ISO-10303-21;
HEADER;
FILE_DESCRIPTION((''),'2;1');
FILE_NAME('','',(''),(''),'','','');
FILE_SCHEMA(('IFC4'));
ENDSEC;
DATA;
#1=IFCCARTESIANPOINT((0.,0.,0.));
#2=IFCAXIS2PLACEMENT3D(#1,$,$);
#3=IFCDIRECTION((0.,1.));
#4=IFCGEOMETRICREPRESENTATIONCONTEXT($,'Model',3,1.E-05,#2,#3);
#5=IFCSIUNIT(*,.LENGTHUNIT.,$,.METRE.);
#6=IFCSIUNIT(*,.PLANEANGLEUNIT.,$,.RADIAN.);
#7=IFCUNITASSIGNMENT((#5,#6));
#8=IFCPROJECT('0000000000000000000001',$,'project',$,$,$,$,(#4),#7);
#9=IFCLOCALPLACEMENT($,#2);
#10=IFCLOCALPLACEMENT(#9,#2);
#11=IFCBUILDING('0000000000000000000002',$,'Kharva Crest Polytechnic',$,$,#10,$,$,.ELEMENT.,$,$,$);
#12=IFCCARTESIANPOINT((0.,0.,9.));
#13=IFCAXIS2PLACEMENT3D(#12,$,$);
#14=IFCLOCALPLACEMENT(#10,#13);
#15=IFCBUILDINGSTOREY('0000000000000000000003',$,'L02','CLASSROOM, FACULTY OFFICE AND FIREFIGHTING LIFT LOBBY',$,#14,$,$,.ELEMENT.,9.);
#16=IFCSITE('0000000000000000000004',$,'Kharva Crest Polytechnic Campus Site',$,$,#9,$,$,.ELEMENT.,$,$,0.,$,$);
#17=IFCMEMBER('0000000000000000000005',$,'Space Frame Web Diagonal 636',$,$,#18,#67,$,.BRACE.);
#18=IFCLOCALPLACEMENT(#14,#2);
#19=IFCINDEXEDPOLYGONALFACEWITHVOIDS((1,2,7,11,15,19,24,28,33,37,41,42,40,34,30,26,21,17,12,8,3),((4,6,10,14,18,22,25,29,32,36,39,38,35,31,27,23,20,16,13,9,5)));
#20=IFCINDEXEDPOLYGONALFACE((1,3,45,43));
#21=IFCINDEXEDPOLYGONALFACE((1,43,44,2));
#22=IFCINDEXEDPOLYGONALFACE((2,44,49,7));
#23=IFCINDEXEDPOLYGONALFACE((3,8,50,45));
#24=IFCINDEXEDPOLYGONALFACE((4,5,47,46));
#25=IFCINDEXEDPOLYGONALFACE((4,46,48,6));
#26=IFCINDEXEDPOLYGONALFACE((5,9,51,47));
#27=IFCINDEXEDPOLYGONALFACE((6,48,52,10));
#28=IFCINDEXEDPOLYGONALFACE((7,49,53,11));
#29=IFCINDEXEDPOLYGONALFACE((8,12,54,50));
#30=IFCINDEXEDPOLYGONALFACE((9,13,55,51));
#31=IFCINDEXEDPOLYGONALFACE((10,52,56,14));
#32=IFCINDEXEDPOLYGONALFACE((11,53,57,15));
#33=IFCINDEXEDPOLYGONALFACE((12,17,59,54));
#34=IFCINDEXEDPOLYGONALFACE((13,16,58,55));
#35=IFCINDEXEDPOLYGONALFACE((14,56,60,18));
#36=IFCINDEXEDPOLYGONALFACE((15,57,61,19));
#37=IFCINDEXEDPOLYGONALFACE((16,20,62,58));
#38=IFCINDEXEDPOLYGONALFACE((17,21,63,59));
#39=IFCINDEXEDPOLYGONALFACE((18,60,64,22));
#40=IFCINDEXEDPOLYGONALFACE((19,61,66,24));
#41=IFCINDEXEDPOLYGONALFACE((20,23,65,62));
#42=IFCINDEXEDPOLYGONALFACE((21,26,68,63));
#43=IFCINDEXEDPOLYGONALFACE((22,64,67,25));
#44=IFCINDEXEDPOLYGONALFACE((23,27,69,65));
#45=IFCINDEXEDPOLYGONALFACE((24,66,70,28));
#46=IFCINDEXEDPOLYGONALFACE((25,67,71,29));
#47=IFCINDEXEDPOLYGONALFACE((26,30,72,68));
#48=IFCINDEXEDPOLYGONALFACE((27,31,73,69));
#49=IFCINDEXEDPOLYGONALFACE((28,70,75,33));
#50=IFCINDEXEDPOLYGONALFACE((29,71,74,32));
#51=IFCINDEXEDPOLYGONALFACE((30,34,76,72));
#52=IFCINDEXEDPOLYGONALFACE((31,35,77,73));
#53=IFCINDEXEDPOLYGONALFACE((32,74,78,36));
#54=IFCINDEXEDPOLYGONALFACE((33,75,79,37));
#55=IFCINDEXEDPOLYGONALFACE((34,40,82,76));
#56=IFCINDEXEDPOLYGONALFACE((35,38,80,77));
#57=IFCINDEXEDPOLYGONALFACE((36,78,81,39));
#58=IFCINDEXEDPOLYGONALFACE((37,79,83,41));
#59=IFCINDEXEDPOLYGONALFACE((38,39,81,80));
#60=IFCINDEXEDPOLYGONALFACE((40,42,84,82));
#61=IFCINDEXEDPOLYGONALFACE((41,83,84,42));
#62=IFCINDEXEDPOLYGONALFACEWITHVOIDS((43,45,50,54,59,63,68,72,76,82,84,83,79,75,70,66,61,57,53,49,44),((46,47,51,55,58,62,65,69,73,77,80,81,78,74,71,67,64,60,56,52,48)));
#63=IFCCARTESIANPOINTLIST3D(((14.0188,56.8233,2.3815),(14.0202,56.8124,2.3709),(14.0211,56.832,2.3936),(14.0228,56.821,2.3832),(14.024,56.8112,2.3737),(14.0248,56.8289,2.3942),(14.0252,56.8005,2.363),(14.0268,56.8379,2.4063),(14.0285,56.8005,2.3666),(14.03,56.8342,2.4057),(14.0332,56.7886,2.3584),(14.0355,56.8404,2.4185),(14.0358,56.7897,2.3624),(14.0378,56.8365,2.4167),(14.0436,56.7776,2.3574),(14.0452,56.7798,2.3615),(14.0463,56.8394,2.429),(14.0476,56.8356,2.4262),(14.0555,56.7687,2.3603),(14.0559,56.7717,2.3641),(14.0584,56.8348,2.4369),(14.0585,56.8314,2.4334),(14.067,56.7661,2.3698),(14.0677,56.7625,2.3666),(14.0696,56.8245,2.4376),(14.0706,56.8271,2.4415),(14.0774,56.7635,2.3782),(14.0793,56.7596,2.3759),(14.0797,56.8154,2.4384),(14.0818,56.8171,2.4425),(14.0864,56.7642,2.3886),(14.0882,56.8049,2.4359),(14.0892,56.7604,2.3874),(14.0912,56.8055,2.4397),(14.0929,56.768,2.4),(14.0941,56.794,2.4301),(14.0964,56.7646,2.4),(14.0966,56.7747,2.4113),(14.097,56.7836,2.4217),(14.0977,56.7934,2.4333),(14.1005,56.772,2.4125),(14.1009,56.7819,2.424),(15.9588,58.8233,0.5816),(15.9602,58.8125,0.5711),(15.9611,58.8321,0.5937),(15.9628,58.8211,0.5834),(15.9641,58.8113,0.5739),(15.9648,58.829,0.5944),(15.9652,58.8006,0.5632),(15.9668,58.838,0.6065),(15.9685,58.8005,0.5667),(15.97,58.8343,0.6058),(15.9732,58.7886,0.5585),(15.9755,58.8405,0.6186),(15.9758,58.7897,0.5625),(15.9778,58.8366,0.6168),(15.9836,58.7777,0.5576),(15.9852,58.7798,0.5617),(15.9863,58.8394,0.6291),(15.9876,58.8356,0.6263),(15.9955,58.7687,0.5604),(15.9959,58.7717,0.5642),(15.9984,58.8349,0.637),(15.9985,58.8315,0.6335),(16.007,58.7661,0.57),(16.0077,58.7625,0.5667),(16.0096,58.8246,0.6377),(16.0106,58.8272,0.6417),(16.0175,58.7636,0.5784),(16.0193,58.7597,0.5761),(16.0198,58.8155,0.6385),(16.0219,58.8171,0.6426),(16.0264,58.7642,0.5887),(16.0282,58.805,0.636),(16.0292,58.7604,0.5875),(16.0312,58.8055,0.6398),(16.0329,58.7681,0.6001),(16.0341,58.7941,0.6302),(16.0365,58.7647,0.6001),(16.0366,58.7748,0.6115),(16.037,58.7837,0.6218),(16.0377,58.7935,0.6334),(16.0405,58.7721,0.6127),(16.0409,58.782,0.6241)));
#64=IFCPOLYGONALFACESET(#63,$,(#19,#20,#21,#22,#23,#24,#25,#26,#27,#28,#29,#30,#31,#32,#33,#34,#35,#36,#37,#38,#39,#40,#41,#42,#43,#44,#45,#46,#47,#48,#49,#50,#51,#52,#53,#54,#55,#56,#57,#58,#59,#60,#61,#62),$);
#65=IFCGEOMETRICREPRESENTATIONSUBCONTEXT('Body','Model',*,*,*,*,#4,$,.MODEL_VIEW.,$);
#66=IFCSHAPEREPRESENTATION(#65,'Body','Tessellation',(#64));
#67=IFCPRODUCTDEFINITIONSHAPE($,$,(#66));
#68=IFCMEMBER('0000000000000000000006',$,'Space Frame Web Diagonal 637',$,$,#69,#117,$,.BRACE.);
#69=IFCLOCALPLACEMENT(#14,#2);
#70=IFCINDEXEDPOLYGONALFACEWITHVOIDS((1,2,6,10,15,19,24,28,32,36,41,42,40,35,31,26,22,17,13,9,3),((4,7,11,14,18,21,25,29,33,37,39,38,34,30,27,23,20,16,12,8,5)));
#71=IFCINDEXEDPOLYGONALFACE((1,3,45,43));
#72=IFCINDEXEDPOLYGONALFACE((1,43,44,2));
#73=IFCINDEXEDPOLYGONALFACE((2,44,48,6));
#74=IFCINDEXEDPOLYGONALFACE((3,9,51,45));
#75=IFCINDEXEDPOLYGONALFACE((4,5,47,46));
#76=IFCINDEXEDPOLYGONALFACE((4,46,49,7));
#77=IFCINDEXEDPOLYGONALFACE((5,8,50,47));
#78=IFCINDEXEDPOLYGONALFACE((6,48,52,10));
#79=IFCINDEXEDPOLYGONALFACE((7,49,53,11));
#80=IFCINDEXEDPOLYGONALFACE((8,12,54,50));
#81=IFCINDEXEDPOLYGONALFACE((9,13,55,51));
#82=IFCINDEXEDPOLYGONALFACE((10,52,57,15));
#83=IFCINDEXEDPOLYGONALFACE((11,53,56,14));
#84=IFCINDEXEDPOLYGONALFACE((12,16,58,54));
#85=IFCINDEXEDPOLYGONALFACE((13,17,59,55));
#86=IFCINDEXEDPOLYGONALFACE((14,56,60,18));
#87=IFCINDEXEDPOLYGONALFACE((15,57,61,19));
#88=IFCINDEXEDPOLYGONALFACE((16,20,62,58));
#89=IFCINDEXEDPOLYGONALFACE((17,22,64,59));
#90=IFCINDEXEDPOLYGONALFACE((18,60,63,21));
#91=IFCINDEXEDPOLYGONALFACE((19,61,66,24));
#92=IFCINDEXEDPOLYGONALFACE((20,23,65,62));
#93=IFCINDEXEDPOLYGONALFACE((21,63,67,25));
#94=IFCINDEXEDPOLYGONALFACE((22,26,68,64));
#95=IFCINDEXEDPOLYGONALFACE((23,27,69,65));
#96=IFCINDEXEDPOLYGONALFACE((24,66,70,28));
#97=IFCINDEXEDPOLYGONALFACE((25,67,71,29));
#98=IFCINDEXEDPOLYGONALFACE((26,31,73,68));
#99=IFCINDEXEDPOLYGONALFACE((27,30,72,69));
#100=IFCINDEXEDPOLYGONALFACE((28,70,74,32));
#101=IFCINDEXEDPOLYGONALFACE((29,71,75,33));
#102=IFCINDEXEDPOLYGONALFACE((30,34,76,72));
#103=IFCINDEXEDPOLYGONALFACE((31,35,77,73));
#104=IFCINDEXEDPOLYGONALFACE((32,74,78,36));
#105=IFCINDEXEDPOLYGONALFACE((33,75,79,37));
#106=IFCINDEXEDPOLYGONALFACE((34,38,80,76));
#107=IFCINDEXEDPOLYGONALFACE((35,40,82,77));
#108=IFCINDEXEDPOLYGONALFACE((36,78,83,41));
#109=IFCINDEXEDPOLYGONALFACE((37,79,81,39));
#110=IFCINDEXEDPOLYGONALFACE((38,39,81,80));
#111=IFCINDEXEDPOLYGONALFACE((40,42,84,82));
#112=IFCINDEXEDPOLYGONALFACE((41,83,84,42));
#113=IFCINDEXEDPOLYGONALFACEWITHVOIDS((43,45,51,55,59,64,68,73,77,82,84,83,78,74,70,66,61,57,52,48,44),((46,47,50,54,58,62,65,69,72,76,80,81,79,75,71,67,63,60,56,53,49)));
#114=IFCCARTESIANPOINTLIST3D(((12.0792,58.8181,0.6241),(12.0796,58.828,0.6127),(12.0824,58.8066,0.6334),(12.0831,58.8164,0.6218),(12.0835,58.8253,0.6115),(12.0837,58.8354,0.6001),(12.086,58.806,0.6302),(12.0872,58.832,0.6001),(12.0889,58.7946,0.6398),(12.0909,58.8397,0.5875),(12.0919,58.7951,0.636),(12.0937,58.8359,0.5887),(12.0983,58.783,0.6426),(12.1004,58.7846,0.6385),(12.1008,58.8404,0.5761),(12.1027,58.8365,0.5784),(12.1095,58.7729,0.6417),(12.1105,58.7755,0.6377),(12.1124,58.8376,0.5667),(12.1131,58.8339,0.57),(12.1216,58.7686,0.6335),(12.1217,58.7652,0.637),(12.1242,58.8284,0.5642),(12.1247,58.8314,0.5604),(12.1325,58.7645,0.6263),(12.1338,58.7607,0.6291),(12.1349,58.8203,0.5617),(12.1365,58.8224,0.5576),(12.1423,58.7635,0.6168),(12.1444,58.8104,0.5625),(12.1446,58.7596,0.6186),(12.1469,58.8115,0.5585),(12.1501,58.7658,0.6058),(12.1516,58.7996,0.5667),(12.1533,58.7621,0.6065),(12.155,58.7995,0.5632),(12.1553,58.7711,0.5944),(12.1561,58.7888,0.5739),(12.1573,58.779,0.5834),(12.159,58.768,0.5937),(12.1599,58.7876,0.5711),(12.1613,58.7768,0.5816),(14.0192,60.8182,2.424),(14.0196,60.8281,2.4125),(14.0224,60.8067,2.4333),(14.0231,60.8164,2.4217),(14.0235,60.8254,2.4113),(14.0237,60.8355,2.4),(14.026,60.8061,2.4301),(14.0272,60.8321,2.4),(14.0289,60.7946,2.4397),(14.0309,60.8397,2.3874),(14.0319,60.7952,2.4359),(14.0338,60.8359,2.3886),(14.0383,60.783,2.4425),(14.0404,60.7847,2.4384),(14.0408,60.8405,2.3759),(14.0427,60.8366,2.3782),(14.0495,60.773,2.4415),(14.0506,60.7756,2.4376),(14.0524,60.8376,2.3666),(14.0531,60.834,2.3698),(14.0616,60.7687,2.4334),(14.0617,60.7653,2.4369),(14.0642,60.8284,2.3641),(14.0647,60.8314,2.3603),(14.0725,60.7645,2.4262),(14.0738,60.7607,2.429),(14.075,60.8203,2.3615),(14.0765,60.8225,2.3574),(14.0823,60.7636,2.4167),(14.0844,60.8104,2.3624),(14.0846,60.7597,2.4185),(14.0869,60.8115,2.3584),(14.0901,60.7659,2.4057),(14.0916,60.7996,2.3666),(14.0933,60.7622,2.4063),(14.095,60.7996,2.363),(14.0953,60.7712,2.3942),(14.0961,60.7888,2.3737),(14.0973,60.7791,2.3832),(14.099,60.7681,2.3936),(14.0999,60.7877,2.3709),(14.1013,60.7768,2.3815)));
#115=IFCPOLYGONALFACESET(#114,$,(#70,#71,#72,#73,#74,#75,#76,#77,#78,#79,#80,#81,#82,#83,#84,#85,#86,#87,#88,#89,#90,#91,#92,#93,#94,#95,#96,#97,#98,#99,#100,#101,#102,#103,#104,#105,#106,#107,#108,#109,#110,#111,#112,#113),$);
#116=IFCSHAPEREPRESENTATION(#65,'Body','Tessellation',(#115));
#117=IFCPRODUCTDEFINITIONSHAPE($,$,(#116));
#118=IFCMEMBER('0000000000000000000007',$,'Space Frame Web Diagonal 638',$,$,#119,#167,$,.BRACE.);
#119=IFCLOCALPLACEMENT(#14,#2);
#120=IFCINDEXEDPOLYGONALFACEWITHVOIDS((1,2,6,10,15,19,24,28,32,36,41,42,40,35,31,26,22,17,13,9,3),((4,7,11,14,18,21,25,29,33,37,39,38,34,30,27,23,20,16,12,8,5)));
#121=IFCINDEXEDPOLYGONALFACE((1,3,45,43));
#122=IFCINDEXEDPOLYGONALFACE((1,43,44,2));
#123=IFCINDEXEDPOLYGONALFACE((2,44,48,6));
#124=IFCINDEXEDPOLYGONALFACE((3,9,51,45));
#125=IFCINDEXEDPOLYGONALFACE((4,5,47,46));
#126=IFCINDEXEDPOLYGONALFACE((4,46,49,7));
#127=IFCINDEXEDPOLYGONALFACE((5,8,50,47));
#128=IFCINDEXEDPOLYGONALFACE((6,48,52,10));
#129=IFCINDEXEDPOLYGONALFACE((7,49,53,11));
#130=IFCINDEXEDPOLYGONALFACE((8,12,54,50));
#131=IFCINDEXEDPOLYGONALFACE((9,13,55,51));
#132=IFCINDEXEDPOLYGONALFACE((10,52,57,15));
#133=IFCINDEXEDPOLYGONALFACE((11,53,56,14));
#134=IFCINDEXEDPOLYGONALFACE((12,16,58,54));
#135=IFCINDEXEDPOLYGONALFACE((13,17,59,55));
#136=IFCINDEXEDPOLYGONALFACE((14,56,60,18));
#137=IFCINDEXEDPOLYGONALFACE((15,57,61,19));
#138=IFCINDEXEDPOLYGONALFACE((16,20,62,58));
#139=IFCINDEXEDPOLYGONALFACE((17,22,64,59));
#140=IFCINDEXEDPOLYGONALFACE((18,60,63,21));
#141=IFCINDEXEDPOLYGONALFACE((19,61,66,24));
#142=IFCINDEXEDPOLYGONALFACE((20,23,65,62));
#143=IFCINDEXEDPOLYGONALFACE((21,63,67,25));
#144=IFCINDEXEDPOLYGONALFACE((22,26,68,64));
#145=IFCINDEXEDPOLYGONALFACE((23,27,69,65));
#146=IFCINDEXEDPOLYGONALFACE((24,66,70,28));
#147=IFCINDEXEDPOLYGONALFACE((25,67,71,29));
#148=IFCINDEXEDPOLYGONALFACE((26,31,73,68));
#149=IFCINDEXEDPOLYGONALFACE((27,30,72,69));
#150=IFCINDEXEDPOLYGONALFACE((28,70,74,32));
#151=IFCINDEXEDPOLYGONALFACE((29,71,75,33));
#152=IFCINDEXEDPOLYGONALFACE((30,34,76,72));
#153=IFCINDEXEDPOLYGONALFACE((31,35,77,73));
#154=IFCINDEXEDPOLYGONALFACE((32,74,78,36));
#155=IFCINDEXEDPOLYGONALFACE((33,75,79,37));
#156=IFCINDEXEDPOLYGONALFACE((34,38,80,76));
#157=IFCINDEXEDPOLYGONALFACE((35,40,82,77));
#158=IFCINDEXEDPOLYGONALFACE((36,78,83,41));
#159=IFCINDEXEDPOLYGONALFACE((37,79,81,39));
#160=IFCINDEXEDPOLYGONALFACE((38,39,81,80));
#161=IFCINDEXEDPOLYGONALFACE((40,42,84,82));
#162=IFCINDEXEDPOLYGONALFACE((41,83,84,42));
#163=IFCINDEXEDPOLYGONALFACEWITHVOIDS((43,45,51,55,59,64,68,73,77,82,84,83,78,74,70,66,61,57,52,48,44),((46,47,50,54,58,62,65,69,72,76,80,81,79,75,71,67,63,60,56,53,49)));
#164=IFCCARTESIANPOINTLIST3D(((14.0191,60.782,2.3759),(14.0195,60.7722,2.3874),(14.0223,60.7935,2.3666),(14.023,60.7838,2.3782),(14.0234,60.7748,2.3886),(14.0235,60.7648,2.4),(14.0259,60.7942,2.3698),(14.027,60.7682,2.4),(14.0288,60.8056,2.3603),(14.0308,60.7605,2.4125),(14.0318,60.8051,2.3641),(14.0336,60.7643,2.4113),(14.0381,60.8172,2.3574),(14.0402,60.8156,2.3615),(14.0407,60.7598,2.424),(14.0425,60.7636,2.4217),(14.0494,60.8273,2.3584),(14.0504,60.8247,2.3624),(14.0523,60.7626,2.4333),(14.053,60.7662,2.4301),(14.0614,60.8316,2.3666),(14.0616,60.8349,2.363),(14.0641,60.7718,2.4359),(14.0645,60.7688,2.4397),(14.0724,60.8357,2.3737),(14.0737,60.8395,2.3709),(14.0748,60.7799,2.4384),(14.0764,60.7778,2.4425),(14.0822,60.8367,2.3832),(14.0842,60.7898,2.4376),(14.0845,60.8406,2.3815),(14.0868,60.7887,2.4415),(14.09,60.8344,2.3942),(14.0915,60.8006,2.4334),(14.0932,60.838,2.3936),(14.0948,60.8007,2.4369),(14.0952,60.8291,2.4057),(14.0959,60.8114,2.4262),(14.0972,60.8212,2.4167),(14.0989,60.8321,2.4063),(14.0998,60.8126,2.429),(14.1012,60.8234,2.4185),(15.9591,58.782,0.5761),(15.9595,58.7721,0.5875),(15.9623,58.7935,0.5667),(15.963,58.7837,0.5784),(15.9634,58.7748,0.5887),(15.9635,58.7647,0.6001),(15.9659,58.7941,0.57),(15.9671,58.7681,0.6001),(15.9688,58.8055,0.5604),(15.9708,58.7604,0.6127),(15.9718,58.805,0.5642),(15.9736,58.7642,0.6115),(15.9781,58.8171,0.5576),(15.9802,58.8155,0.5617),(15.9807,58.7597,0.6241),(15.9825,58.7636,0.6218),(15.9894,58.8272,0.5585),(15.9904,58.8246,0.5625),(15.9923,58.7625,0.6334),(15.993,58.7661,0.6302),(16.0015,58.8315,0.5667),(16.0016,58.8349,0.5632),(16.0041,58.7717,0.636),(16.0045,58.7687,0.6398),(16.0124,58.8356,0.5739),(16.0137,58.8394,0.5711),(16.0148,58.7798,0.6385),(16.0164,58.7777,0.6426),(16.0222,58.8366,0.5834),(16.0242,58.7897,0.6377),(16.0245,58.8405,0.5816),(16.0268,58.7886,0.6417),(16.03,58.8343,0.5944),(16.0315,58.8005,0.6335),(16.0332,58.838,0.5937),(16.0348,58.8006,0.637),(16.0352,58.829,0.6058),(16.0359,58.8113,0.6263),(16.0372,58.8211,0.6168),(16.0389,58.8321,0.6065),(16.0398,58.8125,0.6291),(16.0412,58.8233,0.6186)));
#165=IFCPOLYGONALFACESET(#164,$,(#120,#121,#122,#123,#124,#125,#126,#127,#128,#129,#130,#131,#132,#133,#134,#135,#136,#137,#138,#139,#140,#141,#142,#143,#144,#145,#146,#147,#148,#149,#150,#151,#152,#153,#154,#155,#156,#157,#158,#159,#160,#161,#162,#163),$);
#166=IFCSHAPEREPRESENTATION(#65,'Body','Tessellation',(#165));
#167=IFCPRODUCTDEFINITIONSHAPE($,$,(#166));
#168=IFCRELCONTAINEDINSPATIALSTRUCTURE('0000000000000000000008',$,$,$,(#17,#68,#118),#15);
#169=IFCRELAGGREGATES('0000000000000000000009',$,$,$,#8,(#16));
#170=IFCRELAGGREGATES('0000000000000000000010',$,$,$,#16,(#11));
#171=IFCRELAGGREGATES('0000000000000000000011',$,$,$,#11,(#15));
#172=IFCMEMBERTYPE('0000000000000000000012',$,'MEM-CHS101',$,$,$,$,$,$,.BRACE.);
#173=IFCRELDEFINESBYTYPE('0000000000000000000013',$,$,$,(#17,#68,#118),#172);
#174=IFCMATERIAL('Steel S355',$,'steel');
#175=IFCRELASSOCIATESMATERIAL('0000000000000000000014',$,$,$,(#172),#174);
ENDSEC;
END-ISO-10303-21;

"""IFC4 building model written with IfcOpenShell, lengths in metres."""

from ifc_helpers import new_model, si_unit, direction, frame, origin, origin_2d, place, context, subcontext, project, spatial, hollow_circle, extrude, material, material_profile, profile_set, type_object, element, save


model = new_model("IFC4")

# Units and contexts
model_context = context("Model", 3, precision=1e-05, world=origin(), true_north=direction((0.0, 1.0)))
body_context = subcontext(model_context, "Body", "Model", "MODEL_VIEW")
ifc_project = project(units=[si_unit("LENGTHUNIT", "METRE"), si_unit("PLANEANGLEUNIT", "RADIAN")], contexts=[model_context])

# Site, building, storey
site_placement = place(None, origin())
site = spatial("IfcSite", under=ifc_project, at=site_placement, Name="Kharva Crest Polytechnic Campus Site", CompositionType="ELEMENT", RefElevation=0.0)
building_placement = place(site_placement, origin())
building = spatial("IfcBuilding", under=site, at=building_placement, Name="Kharva Crest Polytechnic", CompositionType="ELEMENT")
storey_placement = place(building_placement, frame((0.0, 0.0, 9.0)))
storey = spatial("IfcBuildingStorey", under=building, at=storey_placement, Name="L02", Description="CLASSROOM, FACULTY OFFICE AND FIREFIGHTING LIFT LOBBY", CompositionType="ELEMENT", Elevation=9.0)

# Shared definitions
ifc_material_1 = material(Name="Steel S355", Category="steel")

# Members
ifc_material_profile_1 = material_profile(ifc_material_1, hollow_circle(Radius=0.0508, WallThickness=0.0049, at=origin_2d()), Name="CHS 101.6X5.0")
ifc_profile_set_1 = profile_set([ifc_material_profile_1], Name="Steel S355")
member_type_1 = type_object("IfcMemberType", Name="MEM-CHS101", PredefinedType="BRACE", material=ifc_profile_set_1)
for number, where, z_axis, x_axis, name in (
    (1, (16.0, 58.8, 0.6001), (-0.584843, -0.60295, 0.542596), (0.717802, -0.696247, 0.0), "Space Frame Web Diagonal 636"),
    (2, (12.1201, 58.8, 0.6001), (0.584843, 0.60295, 0.542596), (-0.717802, 0.696247, 0.0), "Space Frame Web Diagonal 637"),
    (3, (16.0, 58.8, 0.6001), (-0.584843, 0.60295, 0.542596), (-0.717802, -0.696247, 0.0), "Space Frame Web Diagonal 638"),
):
    element("IfcMember", number, at=place(storey_placement, frame(where, z_axis=z_axis, x_axis=x_axis)), inside=storey, type_object=member_type_1, Name=name, PredefinedType="BRACE", context=body_context, shape_type="SweptSolid", body=[
        extrude(hollow_circle(Radius=0.0508, WallThickness=0.0049, at=origin_2d()), origin(), (0.0, 0.0, 1.0), 3.3171),
    ])

save(model, "model.ifc")
